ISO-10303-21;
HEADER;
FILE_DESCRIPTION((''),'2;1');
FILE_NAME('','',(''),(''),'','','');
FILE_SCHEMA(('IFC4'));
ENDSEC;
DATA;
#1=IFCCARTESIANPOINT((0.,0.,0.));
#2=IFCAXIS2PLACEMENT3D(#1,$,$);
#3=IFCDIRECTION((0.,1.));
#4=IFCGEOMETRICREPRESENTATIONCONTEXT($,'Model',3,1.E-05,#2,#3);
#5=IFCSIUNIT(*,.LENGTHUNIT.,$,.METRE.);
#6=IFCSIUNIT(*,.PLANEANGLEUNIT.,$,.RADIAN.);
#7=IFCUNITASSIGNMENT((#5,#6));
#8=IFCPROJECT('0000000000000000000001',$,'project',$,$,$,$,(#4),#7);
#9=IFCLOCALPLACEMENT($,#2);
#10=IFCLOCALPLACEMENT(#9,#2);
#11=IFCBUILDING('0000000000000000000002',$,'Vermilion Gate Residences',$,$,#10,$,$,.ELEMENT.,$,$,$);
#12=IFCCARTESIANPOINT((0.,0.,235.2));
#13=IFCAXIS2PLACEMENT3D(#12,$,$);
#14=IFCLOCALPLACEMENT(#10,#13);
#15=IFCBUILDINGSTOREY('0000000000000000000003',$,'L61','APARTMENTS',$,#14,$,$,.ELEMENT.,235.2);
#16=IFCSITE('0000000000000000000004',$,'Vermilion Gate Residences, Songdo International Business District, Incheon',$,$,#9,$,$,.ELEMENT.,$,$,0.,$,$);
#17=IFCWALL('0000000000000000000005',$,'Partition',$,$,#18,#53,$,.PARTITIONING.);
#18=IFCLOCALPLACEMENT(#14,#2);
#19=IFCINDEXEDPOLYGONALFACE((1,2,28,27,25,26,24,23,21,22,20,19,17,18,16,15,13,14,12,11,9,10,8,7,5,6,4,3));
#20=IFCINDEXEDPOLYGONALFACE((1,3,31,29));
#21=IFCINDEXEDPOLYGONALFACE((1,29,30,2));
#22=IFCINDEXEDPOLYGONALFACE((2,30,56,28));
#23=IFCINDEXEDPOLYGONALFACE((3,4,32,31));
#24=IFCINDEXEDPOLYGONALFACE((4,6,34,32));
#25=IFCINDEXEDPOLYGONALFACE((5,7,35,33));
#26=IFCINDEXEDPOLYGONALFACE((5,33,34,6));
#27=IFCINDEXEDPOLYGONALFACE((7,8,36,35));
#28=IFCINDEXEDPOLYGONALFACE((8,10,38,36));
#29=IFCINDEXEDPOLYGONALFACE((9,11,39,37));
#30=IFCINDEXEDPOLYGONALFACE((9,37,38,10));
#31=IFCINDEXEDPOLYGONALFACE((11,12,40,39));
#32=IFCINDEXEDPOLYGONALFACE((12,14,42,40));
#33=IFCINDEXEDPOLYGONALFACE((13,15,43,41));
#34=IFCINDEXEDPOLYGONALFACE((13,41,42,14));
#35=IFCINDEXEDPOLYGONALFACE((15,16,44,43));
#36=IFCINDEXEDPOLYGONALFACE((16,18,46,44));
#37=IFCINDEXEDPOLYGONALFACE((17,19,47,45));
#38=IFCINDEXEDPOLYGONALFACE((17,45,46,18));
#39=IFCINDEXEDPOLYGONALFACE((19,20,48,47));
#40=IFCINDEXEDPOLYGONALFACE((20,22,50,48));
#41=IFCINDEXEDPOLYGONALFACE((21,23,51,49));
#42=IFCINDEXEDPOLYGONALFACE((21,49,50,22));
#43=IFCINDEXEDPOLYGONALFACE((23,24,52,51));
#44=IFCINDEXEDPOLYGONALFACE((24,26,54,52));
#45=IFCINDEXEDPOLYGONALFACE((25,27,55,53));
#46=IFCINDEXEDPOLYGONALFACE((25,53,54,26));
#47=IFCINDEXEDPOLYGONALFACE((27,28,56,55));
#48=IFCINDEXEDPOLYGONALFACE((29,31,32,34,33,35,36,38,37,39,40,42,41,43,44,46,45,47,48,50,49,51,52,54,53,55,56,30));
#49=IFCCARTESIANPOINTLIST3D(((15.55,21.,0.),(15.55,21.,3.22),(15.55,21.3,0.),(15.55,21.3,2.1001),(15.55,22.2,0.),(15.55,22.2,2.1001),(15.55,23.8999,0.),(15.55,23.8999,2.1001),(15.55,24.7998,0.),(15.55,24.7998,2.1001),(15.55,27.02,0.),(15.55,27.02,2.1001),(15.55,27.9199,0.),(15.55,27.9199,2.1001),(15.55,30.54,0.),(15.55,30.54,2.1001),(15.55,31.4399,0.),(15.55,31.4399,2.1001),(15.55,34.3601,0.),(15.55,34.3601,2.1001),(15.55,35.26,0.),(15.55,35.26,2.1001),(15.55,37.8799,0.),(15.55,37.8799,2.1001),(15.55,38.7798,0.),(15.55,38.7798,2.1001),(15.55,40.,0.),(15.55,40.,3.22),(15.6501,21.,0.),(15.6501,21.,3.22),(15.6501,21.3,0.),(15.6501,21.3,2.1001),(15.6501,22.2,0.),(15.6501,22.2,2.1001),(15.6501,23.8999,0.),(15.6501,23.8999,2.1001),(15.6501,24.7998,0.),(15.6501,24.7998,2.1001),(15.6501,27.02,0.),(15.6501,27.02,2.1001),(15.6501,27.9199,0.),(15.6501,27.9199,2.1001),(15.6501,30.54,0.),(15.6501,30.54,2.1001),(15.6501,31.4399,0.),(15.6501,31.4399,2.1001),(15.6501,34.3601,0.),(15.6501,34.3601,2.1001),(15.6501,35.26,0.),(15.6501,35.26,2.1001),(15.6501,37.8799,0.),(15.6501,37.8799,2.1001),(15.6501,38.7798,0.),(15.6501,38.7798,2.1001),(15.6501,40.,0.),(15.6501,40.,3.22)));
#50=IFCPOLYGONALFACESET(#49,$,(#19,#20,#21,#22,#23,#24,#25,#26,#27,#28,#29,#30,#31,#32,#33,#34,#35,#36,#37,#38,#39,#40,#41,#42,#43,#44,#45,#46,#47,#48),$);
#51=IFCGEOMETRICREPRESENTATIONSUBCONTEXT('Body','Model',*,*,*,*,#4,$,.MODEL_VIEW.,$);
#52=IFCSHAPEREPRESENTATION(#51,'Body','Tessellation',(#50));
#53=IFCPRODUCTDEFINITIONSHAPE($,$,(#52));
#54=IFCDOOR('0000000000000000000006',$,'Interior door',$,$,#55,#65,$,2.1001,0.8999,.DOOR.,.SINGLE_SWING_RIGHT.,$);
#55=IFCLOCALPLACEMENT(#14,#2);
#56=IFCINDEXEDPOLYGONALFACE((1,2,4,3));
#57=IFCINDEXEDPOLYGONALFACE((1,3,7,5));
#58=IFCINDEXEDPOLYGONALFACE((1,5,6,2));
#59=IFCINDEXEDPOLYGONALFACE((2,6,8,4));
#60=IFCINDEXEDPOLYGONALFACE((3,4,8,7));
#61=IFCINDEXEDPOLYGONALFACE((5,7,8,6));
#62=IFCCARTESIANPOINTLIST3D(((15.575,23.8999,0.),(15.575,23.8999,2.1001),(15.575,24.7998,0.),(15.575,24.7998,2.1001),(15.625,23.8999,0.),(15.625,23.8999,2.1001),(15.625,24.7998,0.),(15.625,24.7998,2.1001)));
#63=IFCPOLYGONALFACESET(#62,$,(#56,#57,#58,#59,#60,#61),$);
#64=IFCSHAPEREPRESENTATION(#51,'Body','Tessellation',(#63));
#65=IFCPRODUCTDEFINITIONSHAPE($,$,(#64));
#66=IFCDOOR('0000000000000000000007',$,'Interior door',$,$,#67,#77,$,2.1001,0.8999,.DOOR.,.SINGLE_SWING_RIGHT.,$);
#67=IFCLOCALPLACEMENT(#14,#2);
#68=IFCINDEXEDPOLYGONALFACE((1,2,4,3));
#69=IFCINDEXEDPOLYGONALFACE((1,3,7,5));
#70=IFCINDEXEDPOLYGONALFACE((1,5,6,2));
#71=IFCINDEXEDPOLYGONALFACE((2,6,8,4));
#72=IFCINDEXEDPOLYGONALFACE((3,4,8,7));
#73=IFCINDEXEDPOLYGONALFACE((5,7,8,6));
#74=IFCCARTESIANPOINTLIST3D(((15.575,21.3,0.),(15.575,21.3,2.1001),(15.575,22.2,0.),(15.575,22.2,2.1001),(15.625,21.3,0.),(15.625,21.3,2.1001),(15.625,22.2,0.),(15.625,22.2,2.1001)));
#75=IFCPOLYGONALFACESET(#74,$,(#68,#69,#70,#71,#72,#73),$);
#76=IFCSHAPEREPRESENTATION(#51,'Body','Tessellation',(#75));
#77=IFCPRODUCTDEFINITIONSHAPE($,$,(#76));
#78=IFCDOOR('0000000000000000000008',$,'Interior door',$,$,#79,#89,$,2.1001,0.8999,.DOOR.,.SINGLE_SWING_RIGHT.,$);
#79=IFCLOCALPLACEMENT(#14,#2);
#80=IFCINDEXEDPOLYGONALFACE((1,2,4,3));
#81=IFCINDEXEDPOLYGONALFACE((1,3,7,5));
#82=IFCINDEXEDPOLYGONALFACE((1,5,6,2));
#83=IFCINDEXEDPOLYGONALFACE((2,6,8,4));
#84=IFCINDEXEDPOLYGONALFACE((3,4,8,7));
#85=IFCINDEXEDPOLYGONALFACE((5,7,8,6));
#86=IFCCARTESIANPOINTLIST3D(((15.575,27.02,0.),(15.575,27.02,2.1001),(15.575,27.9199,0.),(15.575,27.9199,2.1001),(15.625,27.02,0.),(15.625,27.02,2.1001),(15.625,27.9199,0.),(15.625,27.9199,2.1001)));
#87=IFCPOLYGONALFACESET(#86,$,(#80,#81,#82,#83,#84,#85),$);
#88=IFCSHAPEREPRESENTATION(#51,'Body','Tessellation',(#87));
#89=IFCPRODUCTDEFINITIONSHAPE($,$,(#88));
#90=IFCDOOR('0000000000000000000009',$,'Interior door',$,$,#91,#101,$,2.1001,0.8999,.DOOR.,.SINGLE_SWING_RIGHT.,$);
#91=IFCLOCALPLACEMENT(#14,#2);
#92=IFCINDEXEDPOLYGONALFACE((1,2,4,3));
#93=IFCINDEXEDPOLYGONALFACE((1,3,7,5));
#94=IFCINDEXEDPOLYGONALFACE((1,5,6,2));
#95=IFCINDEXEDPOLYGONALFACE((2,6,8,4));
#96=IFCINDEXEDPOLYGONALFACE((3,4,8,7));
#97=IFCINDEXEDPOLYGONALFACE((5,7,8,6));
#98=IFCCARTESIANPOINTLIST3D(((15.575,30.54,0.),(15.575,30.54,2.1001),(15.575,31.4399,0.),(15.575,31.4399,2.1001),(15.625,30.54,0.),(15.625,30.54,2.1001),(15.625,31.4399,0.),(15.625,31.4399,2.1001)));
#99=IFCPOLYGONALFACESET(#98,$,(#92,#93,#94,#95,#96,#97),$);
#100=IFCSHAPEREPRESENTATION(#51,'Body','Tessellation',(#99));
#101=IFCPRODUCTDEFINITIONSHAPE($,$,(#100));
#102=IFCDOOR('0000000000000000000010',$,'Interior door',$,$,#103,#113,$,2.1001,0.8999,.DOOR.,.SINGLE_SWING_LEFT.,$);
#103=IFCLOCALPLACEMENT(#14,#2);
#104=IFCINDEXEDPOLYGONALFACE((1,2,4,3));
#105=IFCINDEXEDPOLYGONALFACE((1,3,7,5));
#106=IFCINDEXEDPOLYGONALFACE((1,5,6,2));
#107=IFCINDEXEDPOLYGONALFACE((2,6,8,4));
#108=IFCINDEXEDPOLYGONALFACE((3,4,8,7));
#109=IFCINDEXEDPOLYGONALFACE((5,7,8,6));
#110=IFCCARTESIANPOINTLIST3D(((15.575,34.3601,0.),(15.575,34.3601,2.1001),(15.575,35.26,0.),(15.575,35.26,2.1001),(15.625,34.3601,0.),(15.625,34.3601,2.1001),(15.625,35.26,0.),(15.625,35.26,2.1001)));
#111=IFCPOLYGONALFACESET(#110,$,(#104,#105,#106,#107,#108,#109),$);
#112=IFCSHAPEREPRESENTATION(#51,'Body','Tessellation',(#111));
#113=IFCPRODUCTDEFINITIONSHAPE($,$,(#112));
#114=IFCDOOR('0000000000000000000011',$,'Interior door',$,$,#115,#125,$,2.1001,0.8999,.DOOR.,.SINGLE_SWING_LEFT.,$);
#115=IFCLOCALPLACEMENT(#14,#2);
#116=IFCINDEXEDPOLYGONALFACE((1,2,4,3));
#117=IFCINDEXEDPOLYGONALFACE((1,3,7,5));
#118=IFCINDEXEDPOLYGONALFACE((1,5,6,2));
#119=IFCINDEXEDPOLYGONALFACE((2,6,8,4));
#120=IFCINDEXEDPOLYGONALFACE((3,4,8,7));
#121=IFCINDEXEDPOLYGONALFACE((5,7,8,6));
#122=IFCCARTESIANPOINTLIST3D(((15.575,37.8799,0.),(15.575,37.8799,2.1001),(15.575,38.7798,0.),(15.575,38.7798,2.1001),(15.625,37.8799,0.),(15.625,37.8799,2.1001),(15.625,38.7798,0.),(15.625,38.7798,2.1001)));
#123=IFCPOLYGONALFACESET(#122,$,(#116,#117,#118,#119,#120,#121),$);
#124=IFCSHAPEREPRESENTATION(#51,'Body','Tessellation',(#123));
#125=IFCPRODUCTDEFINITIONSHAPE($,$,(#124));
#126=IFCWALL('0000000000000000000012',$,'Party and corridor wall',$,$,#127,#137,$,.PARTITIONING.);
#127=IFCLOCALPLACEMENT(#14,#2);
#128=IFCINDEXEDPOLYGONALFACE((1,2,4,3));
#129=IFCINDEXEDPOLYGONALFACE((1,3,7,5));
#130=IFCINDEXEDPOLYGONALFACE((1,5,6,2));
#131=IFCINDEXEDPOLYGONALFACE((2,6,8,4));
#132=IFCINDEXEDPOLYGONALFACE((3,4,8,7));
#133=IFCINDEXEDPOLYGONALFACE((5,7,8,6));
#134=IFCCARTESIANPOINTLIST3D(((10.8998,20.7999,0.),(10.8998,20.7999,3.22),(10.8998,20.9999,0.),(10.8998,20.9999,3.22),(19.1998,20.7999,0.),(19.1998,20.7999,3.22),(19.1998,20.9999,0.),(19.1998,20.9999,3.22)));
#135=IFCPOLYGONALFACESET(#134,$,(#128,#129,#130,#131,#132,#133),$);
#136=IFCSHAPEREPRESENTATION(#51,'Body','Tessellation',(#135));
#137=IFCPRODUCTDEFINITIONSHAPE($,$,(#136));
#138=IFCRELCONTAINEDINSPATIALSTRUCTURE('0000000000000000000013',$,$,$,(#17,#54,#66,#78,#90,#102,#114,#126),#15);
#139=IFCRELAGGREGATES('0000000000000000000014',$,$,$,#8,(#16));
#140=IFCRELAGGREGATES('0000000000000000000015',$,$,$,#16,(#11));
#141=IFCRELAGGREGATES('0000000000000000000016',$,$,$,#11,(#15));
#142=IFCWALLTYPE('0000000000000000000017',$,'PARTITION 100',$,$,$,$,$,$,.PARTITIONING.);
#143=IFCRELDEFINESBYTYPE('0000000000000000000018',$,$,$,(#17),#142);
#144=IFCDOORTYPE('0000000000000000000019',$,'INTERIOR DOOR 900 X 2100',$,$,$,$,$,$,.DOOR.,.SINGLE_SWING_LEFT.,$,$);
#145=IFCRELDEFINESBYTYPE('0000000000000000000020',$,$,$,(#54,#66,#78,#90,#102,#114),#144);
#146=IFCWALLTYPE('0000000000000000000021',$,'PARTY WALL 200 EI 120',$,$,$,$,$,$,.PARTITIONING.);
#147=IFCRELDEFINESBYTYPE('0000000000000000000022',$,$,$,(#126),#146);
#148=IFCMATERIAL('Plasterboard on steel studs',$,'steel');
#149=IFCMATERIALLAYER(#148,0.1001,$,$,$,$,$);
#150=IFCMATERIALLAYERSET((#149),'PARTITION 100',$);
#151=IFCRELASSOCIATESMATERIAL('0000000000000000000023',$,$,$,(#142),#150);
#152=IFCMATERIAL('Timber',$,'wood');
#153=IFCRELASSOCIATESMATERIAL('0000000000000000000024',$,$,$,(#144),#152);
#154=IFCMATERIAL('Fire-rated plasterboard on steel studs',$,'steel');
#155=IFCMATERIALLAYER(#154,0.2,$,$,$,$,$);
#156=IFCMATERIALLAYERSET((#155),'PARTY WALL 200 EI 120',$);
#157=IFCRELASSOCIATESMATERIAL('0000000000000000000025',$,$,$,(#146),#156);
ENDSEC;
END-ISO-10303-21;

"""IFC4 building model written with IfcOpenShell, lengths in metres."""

from ifc_helpers import new_model, si_unit, direction, frame, frame_2d, origin, place, context, subcontext, project, spatial, rectangle, extrude, material, layer, layer_set, type_object, element, fill, save


model = new_model("IFC4")

# Units and contexts
model_context = context("Model", 3, precision=1e-05, world=origin(), true_north=direction((0.0, 1.0)))
body_context = subcontext(model_context, "Body", "Model", "MODEL_VIEW")
ifc_project = project(units=[si_unit("LENGTHUNIT", "METRE"), si_unit("PLANEANGLEUNIT", "RADIAN")], contexts=[model_context])

# Site, building, storey
site_placement = place(None, origin())
site = spatial("IfcSite", under=ifc_project, at=site_placement, Name="Vermilion Gate Residences, Songdo International Business District, Incheon", CompositionType="ELEMENT", RefElevation=0.0)
building_placement = place(site_placement, origin())
building = spatial("IfcBuilding", under=site, at=building_placement, Name="Vermilion Gate Residences", CompositionType="ELEMENT")
storey_placement = place(building_placement, frame((0.0, 0.0, 235.2)))
storey = spatial("IfcBuildingStorey", under=building, at=storey_placement, Name="L61", Description="APARTMENTS", CompositionType="ELEMENT", Elevation=235.2)

# Shared definitions
ifc_material_1 = material(Name="Plasterboard on steel studs", Category="steel")
ifc_layer_1 = layer(ifc_material_1, 0.1001)
ifc_layer_set_1 = layer_set([ifc_layer_1], Name="PARTITION 100")
wall_type_1 = type_object("IfcWallType", Name="PARTITION 100", PredefinedType="PARTITIONING", material=ifc_layer_set_1)

# Wall, openings, doors
ifc_material_2 = material(Name="Timber", Category="wood")
door_type_1 = type_object("IfcDoorType", Name="INTERIOR DOOR 900 X 2100", OperationType="SINGLE_SWING_LEFT", PredefinedType="DOOR", material=ifc_material_2)
wall_1_placement = place(storey_placement, frame((15.6001, 21.0, 0.0), z_axis=(0.0, 0.0, 1.0), x_axis=(0.0, 1.0, 0.0)))
wall_1 = element("IfcWall", 1, at=wall_1_placement, inside=storey, type_object=wall_type_1, Name="Partition", PredefinedType="PARTITIONING", context=body_context, shape_type="SweptSolid", body=[
    extrude(rectangle(XDim=19.0, YDim=0.1001, at=frame_2d((9.5, 0.0))), origin(), (0.0, 0.0, 1.0), 3.22),
])
opening_1_placement = place(wall_1_placement, frame((2.8999, 0.0, 0.0)))
opening_1 = element("IfcOpeningElement", 2, at=opening_1_placement, cuts=wall_1, PredefinedType="OPENING", context=body_context, shape_type="SweptSolid", body=[
    extrude(rectangle(XDim=0.8999, YDim=2.1001, at=frame_2d((0.45, 1.05))), frame((0.0, 0.0601, 0.0), z_axis=(0.0, -1.0, 0.0), x_axis=(1.0, 0.0, 0.0)), (0.0, 0.0, 1.0), 0.1201),
])
opening_2_placement = place(wall_1_placement, frame((0.3, 0.0, 0.0)))
opening_2 = element("IfcOpeningElement", 3, at=opening_2_placement, cuts=wall_1, PredefinedType="OPENING", context=body_context, shape_type="SweptSolid", body=[
    extrude(rectangle(XDim=0.8999, YDim=2.1001, at=frame_2d((0.45, 1.05))), frame((0.0, 0.0601, 0.0), z_axis=(0.0, -1.0, 0.0), x_axis=(1.0, 0.0, 0.0)), (0.0, 0.0, 1.0), 0.1201),
])
opening_3_placement = place(wall_1_placement, frame((6.02, 0.0, 0.0)))
opening_3 = element("IfcOpeningElement", 4, at=opening_3_placement, cuts=wall_1, PredefinedType="OPENING", context=body_context, shape_type="SweptSolid", body=[
    extrude(rectangle(XDim=0.8999, YDim=2.1001, at=frame_2d((0.45, 1.05))), frame((0.0, 0.0601, 0.0), z_axis=(0.0, -1.0, 0.0), x_axis=(1.0, 0.0, 0.0)), (0.0, 0.0, 1.0), 0.1201),
])
opening_4_placement = place(wall_1_placement, frame((9.54, 0.0, 0.0)))
opening_4 = element("IfcOpeningElement", 5, at=opening_4_placement, cuts=wall_1, PredefinedType="OPENING", context=body_context, shape_type="SweptSolid", body=[
    extrude(rectangle(XDim=0.8999, YDim=2.1001, at=frame_2d((0.45, 1.05))), frame((0.0, 0.0601, 0.0), z_axis=(0.0, -1.0, 0.0), x_axis=(1.0, 0.0, 0.0)), (0.0, 0.0, 1.0), 0.1201),
])
opening_5_placement = place(wall_1_placement, frame((13.3601, 0.0, 0.0)))
opening_5 = element("IfcOpeningElement", 6, at=opening_5_placement, cuts=wall_1, PredefinedType="OPENING", context=body_context, shape_type="SweptSolid", body=[
    extrude(rectangle(XDim=0.8999, YDim=2.1001, at=frame_2d((0.45, 1.05))), frame((0.0, 0.0601, 0.0), z_axis=(0.0, -1.0, 0.0), x_axis=(1.0, 0.0, 0.0)), (0.0, 0.0, 1.0), 0.1201),
])
opening_6_placement = place(wall_1_placement, frame((16.8799, 0.0, 0.0)))
opening_6 = element("IfcOpeningElement", 7, at=opening_6_placement, cuts=wall_1, PredefinedType="OPENING", context=body_context, shape_type="SweptSolid", body=[
    extrude(rectangle(XDim=0.8999, YDim=2.1001, at=frame_2d((0.45, 1.05))), frame((0.0, 0.0601, 0.0), z_axis=(0.0, -1.0, 0.0), x_axis=(1.0, 0.0, 0.0)), (0.0, 0.0, 1.0), 0.1201),
])
door_1_placement = place(opening_1_placement, frame((0.8999, 0.0, 0.0), z_axis=(0.0, 0.0, 1.0), x_axis=(-1.0, 0.0, 0.0)))
door_1 = element("IfcDoor", 8, at=door_1_placement, inside=storey, type_object=door_type_1, Name="Interior door", OperationType="SINGLE_SWING_RIGHT", OverallHeight=2.1001, OverallWidth=0.8999, PredefinedType="DOOR", context=body_context, shape_type="SweptSolid", body=[
    extrude(rectangle(XDim=0.8999, YDim=2.1001, at=frame_2d((0.45, 1.05))), frame((0.0, 0.0249, 0.0), z_axis=(0.0, -1.0, 0.0), x_axis=(1.0, 0.0, 0.0)), (0.0, 0.0, 1.0), 0.05),
])
fill(opening_1, door_1)
door_2_placement = place(opening_2_placement, frame((0.8999, 0.0, 0.0), z_axis=(0.0, 0.0, 1.0), x_axis=(-1.0, 0.0, 0.0)))
door_2 = element("IfcDoor", 9, at=door_2_placement, inside=storey, type_object=door_type_1, Name="Interior door", OperationType="SINGLE_SWING_RIGHT", OverallHeight=2.1001, OverallWidth=0.8999, PredefinedType="DOOR", context=body_context, shape_type="SweptSolid", body=[
    extrude(rectangle(XDim=0.8999, YDim=2.1001, at=frame_2d((0.45, 1.05))), frame((0.0, 0.0249, 0.0), z_axis=(0.0, -1.0, 0.0), x_axis=(1.0, 0.0, 0.0)), (0.0, 0.0, 1.0), 0.05),
])
fill(opening_2, door_2)
door_3_placement = place(opening_3_placement, frame((0.8999, 0.0, 0.0), z_axis=(0.0, 0.0, 1.0), x_axis=(-1.0, 0.0, 0.0)))
door_3 = element("IfcDoor", 10, at=door_3_placement, inside=storey, type_object=door_type_1, Name="Interior door", OperationType="SINGLE_SWING_RIGHT", OverallHeight=2.1001, OverallWidth=0.8999, PredefinedType="DOOR", context=body_context, shape_type="SweptSolid", body=[
    extrude(rectangle(XDim=0.8999, YDim=2.1001, at=frame_2d((0.45, 1.05))), frame((0.0, 0.0249, 0.0), z_axis=(0.0, -1.0, 0.0), x_axis=(1.0, 0.0, 0.0)), (0.0, 0.0, 1.0), 0.05),
])
fill(opening_3, door_3)
door_4_placement = place(opening_4_placement, frame((0.8999, 0.0, 0.0), z_axis=(0.0, 0.0, 1.0), x_axis=(-1.0, 0.0, 0.0)))
door_4 = element("IfcDoor", 11, at=door_4_placement, inside=storey, type_object=door_type_1, Name="Interior door", OperationType="SINGLE_SWING_RIGHT", OverallHeight=2.1001, OverallWidth=0.8999, PredefinedType="DOOR", context=body_context, shape_type="SweptSolid", body=[
    extrude(rectangle(XDim=0.8999, YDim=2.1001, at=frame_2d((0.45, 1.05))), frame((0.0, 0.0249, 0.0), z_axis=(0.0, -1.0, 0.0), x_axis=(1.0, 0.0, 0.0)), (0.0, 0.0, 1.0), 0.05),
])
fill(opening_4, door_4)
door_5_placement = place(opening_5_placement, frame((0.8999, 0.0, 0.0), z_axis=(0.0, 0.0, 1.0), x_axis=(-1.0, 0.0, 0.0)))
door_5 = element("IfcDoor", 12, at=door_5_placement, inside=storey, type_object=door_type_1, Name="Interior door", OperationType="SINGLE_SWING_LEFT", OverallHeight=2.1001, OverallWidth=0.8999, PredefinedType="DOOR", context=body_context, shape_type="SweptSolid", body=[
    extrude(rectangle(XDim=0.8999, YDim=2.1001, at=frame_2d((0.45, 1.05))), frame((0.0, 0.0249, 0.0), z_axis=(0.0, -1.0, 0.0), x_axis=(1.0, 0.0, 0.0)), (0.0, 0.0, 1.0), 0.05),
])
fill(opening_5, door_5)
door_6_placement = place(opening_6_placement, frame((0.8999, 0.0, 0.0), z_axis=(0.0, 0.0, 1.0), x_axis=(-1.0, 0.0, 0.0)))
door_6 = element("IfcDoor", 13, at=door_6_placement, inside=storey, type_object=door_type_1, Name="Interior door", OperationType="SINGLE_SWING_LEFT", OverallHeight=2.1001, OverallWidth=0.8999, PredefinedType="DOOR", context=body_context, shape_type="SweptSolid", body=[
    extrude(rectangle(XDim=0.8999, YDim=2.1001, at=frame_2d((0.45, 1.05))), frame((0.0, 0.0249, 0.0), z_axis=(0.0, -1.0, 0.0), x_axis=(1.0, 0.0, 0.0)), (0.0, 0.0, 1.0), 0.05),
])
fill(opening_6, door_6)

# Wall
ifc_material_3 = material(Name="Fire-rated plasterboard on steel studs", Category="steel")
ifc_layer_2 = layer(ifc_material_3, 0.2)
ifc_layer_set_2 = layer_set([ifc_layer_2], Name="PARTY WALL 200 EI 120")
wall_type_2 = type_object("IfcWallType", Name="PARTY WALL 200 EI 120", PredefinedType="PARTITIONING", material=ifc_layer_set_2)
wall_2_placement = place(storey_placement, frame((10.8999, 20.8999, 0.0), z_axis=(0.0, 0.0, 1.0), x_axis=(1.0, 0.0, 0.0)))
element("IfcWall", 14, at=wall_2_placement, inside=storey, type_object=wall_type_2, Name="Party and corridor wall", PredefinedType="PARTITIONING", context=body_context, shape_type="SweptSolid", body=[
    extrude(rectangle(XDim=8.3, YDim=0.2, at=frame_2d((4.1499, 0.0))), origin(), (0.0, 0.0, 1.0), 3.22),
])

save(model, "model.ifc")
